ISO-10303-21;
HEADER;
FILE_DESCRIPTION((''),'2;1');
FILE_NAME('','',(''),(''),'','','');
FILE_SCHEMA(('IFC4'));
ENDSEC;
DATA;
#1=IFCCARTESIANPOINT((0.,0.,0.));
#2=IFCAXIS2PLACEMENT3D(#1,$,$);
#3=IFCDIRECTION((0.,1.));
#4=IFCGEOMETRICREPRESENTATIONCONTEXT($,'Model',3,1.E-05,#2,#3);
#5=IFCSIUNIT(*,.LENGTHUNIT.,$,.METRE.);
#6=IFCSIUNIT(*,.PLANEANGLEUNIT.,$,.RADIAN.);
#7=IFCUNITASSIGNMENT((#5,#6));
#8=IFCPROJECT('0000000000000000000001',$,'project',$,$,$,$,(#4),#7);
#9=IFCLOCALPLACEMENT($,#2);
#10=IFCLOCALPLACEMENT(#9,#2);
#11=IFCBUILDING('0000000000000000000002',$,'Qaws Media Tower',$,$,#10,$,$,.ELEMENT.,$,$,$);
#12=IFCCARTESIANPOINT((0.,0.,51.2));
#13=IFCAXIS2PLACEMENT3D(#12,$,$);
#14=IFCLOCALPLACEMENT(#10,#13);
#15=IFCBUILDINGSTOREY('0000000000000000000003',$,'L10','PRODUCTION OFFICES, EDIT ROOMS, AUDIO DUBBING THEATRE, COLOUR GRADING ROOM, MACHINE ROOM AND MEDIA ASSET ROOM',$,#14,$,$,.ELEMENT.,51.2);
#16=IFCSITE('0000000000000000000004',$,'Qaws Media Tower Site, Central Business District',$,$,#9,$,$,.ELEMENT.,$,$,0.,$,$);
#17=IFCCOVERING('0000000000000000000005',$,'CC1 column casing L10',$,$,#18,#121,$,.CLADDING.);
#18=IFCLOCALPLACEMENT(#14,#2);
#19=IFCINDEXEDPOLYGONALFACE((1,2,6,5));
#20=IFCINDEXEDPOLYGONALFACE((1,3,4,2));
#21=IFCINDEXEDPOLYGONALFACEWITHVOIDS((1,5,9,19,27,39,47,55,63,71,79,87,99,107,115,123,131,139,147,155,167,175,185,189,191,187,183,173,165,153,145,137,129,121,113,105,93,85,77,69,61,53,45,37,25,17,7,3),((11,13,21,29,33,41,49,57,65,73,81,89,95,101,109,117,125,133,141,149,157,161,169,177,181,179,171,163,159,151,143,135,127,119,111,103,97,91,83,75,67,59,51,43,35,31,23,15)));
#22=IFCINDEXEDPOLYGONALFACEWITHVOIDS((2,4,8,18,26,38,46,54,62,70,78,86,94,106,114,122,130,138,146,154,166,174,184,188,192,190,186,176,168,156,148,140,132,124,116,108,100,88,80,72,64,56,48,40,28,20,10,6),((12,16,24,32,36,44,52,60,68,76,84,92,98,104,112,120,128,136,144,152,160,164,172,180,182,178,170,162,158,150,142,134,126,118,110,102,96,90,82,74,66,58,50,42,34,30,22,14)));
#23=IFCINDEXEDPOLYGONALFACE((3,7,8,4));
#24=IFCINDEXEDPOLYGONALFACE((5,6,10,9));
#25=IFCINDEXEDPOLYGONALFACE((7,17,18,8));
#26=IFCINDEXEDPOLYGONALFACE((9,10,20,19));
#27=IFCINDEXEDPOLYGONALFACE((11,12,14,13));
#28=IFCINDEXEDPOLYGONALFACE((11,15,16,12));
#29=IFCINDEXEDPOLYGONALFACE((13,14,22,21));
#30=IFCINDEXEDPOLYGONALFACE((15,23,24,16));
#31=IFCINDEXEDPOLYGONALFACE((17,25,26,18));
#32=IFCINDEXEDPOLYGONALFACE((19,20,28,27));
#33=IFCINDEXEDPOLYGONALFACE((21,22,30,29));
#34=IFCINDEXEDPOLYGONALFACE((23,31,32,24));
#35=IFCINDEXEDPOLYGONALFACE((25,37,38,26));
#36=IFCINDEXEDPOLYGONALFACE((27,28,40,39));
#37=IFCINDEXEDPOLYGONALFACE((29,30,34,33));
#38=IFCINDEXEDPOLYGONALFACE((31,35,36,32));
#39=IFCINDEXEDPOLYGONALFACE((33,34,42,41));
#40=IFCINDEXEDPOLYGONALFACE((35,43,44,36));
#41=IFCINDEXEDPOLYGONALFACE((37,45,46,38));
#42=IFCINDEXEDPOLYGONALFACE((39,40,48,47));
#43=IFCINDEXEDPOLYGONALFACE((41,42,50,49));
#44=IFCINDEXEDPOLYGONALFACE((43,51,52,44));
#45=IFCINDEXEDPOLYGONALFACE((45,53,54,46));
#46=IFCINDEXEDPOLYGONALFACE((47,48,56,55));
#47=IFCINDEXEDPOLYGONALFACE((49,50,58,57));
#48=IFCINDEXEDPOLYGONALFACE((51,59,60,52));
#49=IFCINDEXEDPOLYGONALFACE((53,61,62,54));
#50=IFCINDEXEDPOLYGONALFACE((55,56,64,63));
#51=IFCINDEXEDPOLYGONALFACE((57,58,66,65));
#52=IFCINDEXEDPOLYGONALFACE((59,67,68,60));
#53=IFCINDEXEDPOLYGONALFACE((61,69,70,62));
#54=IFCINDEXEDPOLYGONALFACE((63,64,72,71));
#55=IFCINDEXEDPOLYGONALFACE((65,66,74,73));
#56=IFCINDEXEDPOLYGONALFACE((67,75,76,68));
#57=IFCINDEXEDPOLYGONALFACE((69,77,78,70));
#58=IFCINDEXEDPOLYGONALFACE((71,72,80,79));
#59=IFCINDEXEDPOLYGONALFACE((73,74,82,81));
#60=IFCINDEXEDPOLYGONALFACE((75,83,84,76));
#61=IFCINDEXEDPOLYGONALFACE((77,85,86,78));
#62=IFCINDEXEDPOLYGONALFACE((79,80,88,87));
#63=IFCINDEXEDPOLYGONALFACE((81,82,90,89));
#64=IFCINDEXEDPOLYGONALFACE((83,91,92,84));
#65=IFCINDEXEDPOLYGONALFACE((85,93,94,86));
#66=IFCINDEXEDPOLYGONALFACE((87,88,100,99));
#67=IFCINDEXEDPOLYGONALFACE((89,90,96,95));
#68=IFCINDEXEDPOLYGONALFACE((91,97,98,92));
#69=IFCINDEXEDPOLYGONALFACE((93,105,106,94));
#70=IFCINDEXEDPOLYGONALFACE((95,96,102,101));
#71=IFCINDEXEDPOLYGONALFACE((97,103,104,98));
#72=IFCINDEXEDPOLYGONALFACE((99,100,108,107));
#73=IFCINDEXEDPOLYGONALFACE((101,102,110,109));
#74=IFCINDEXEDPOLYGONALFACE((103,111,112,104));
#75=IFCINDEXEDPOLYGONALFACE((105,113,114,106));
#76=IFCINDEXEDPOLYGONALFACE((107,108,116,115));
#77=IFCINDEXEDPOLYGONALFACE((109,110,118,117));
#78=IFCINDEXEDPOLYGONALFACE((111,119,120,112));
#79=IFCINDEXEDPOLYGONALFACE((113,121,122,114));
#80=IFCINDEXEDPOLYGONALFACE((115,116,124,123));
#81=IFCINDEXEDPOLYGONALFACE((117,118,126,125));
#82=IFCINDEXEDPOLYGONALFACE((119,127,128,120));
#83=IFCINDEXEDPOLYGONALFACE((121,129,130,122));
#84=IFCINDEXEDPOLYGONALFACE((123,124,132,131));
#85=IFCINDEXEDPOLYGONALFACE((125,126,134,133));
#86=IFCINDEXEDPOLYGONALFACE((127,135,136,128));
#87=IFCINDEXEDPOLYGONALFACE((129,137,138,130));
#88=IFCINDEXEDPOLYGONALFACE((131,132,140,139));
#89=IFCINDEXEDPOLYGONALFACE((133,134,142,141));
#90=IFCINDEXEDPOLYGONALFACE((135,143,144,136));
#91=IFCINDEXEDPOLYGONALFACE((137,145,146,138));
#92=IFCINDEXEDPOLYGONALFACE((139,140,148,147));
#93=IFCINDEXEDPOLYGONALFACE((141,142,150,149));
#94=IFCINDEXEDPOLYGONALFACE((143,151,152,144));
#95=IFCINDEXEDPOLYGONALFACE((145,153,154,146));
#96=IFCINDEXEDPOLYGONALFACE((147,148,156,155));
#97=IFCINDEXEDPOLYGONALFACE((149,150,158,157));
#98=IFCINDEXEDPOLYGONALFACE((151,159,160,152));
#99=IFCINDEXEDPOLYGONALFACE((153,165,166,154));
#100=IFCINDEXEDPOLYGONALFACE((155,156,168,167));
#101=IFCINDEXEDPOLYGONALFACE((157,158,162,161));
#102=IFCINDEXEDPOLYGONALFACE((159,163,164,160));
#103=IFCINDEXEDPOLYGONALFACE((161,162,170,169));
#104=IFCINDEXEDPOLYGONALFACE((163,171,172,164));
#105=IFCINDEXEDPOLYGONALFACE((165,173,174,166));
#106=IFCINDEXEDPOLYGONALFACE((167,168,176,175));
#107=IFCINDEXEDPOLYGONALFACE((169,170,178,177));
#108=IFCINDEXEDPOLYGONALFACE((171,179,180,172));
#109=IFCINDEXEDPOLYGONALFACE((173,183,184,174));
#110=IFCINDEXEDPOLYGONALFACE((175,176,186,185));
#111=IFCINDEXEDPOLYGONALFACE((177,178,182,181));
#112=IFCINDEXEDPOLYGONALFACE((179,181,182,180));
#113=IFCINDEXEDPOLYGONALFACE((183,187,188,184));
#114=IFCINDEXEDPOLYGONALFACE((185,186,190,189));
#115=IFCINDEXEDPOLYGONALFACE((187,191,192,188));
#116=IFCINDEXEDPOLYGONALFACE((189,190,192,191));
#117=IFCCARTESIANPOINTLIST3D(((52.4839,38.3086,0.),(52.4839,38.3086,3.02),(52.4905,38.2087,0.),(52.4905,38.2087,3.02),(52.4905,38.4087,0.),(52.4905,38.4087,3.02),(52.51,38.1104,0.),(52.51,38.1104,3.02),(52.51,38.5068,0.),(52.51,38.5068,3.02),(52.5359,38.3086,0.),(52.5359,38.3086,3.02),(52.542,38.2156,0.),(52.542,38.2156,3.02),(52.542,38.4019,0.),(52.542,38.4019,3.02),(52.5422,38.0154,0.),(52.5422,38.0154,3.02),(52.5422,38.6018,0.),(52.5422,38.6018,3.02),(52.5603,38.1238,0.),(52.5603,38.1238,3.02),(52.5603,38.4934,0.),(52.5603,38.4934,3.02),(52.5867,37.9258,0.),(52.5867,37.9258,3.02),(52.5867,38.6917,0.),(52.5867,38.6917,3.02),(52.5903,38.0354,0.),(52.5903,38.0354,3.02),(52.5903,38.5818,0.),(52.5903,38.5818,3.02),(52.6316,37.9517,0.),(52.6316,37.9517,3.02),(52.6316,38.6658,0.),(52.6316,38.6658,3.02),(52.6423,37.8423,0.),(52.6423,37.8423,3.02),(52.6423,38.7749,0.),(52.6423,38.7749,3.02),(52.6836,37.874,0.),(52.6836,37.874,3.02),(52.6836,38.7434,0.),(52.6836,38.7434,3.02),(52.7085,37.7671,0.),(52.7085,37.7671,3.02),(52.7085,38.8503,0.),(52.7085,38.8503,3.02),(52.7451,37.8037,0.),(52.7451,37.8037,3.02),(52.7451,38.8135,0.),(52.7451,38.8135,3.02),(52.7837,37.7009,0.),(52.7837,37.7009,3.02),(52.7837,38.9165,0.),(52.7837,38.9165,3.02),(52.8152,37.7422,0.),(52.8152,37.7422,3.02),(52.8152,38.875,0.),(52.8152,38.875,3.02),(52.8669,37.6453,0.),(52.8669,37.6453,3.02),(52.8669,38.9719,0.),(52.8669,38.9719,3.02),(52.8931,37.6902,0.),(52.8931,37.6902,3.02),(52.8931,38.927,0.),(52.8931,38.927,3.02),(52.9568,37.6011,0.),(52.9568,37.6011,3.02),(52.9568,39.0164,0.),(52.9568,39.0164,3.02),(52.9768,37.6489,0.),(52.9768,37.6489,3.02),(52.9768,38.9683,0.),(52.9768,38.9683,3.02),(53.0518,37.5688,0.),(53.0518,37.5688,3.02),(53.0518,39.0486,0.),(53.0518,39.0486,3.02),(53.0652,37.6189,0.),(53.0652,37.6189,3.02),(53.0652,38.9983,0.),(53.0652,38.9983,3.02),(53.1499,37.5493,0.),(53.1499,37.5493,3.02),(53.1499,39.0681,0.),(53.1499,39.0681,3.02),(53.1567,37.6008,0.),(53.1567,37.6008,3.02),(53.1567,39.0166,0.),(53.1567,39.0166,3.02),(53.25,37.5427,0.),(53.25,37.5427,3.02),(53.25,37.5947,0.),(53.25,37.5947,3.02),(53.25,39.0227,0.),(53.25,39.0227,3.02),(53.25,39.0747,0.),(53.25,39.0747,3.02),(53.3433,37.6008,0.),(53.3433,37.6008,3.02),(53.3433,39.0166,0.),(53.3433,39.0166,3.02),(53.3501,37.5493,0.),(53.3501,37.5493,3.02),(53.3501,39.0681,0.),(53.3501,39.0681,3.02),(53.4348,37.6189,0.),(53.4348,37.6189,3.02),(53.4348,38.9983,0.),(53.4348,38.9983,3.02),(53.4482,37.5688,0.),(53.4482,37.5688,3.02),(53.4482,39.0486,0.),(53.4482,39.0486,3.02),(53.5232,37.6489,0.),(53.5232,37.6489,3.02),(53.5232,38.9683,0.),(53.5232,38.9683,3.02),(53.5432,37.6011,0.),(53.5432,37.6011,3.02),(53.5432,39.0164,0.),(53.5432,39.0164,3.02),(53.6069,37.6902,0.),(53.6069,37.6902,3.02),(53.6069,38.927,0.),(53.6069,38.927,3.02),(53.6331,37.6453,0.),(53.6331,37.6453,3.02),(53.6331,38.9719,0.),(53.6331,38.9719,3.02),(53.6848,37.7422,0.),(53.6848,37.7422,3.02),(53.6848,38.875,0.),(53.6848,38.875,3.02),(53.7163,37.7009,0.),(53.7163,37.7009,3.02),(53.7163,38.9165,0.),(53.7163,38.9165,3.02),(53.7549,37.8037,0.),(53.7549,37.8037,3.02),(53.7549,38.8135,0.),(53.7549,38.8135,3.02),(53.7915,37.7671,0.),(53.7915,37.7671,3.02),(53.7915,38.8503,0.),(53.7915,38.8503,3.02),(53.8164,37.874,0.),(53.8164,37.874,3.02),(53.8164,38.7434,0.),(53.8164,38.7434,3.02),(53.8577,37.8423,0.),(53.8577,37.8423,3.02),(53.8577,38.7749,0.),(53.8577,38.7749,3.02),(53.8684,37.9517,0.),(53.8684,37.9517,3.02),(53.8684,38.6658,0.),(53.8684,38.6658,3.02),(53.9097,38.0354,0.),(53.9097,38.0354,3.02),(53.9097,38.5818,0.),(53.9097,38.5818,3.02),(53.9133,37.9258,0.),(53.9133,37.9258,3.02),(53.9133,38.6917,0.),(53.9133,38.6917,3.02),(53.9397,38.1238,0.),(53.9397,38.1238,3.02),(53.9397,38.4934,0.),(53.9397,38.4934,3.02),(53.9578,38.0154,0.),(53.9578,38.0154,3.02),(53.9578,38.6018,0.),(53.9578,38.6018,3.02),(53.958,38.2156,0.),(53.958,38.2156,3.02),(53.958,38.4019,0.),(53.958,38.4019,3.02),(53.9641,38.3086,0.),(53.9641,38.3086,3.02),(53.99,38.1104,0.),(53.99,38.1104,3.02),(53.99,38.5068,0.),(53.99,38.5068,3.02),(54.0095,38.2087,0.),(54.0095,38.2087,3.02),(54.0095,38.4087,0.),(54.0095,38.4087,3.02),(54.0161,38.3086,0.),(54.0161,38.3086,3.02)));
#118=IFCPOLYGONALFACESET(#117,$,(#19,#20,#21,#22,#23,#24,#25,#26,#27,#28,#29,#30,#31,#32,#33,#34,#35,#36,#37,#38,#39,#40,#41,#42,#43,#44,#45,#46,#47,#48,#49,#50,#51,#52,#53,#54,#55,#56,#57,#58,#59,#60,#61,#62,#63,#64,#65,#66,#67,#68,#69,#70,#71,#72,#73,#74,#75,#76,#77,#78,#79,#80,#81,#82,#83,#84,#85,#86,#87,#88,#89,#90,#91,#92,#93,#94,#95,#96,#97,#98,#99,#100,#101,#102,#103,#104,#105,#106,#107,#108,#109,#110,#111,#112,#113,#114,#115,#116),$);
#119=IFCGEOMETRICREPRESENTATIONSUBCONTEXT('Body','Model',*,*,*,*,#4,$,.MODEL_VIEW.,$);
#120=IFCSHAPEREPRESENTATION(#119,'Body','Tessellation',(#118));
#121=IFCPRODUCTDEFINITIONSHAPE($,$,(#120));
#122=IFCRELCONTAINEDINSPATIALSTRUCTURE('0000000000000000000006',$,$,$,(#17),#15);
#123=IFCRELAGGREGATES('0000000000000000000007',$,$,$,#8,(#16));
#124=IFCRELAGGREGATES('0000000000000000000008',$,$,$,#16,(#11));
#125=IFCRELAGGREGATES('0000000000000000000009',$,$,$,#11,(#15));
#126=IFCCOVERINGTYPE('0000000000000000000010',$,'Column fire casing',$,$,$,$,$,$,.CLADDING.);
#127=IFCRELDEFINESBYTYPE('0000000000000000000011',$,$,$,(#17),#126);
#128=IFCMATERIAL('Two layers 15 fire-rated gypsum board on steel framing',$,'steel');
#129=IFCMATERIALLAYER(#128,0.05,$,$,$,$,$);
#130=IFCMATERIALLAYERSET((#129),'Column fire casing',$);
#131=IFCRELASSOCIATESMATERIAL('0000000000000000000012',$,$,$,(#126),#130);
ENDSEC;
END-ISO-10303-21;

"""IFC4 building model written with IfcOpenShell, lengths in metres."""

from ifc_helpers import new_model, si_unit, direction, frame, origin, place, context, subcontext, project, spatial, polyline, outline, extrude, material, layer, layer_set, type_object, element, save


model = new_model("IFC4")

# Units and contexts
model_context = context("Model", 3, precision=1e-05, world=origin(), true_north=direction((0.0, 1.0)))
body_context = subcontext(model_context, "Body", "Model", "MODEL_VIEW")
ifc_project = project(units=[si_unit("LENGTHUNIT", "METRE"), si_unit("PLANEANGLEUNIT", "RADIAN")], contexts=[model_context])

# Site, building, storey
site_placement = place(None, origin())
site = spatial("IfcSite", under=ifc_project, at=site_placement, Name="Qaws Media Tower Site, Central Business District", CompositionType="ELEMENT", RefElevation=0.0)
building_placement = place(site_placement, origin())
building = spatial("IfcBuilding", under=site, at=building_placement, Name="Qaws Media Tower", CompositionType="ELEMENT")
storey_placement = place(building_placement, frame((0.0, 0.0, 51.2)))
storey = spatial("IfcBuildingStorey", under=building, at=storey_placement, Name="L10", Description="PRODUCTION OFFICES, EDIT ROOMS, AUDIO DUBBING THEATRE, COLOUR GRADING ROOM, MACHINE ROOM AND MEDIA ASSET ROOM", CompositionType="ELEMENT", Elevation=51.2)

# Covering
ifc_material_1 = material(Name="Two layers 15 fire-rated gypsum board on steel framing", Category="steel")
ifc_layer_1 = layer(ifc_material_1, 0.05)
ifc_layer_set_1 = layer_set([ifc_layer_1], Name="Column fire casing")
covering_type = type_object("IfcCoveringType", Name="Column fire casing", PredefinedType="CLADDING", material=ifc_layer_set_1)
covering_1_placement = place(storey_placement, origin())
element("IfcCovering", 1, at=covering_1_placement, inside=storey, type_object=covering_type, Name="CC1 column casing L10", PredefinedType="CLADDING", context=body_context, shape_type="SweptSolid", body=[
    extrude(outline(polyline([(54.0161, 38.3086), (54.0095, 38.2087), (53.99, 38.1104), (53.9578, 38.0154), (53.9133, 37.9258), (53.8577, 37.8423), (53.7915, 37.7671), (53.7163, 37.7009), (53.6331, 37.6453), (53.5432, 37.6011), (53.4482, 37.5688), (53.3501, 37.5493), (53.25, 37.5427), (53.1499, 37.5493), (53.0518, 37.5688), (52.9568, 37.6011), (52.8669, 37.6453), (52.7837, 37.7009), (52.7085, 37.7671), (52.6423, 37.8423), (52.5867, 37.9258), (52.5422, 38.0154), (52.51, 38.1104), (52.4905, 38.2087), (52.4839, 38.3086), (52.4905, 38.4087), (52.51, 38.5068), (52.5422, 38.6018), (52.5867, 38.6917), (52.6423, 38.7749), (52.7085, 38.8503), (52.7837, 38.9165), (52.8669, 38.9719), (52.9568, 39.0164), (53.0518, 39.0486), (53.1499, 39.0681), (53.25, 39.0747), (53.3501, 39.0681), (53.4482, 39.0486), (53.5432, 39.0164), (53.6331, 38.9719), (53.7163, 38.9165), (53.7915, 38.8503), (53.8577, 38.7749), (53.9133, 38.6917), (53.9578, 38.6018), (53.99, 38.5068), (54.0095, 38.4087), (54.0161, 38.3086)]), holes=[polyline([(53.9641, 38.3086), (53.958, 38.2156), (53.9397, 38.1238), (53.9097, 38.0354), (53.8684, 37.9517), (53.8164, 37.874), (53.7549, 37.8037), (53.6848, 37.7422), (53.6069, 37.6902), (53.5232, 37.6489), (53.4348, 37.6189), (53.3433, 37.6008), (53.25, 37.5947), (53.1567, 37.6008), (53.0652, 37.6189), (52.9768, 37.6489), (52.8931, 37.6902), (52.8152, 37.7422), (52.7451, 37.8037), (52.6836, 37.874), (52.6316, 37.9517), (52.5903, 38.0354), (52.5603, 38.1238), (52.542, 38.2156), (52.5359, 38.3086), (52.542, 38.4019), (52.5603, 38.4934), (52.5903, 38.5818), (52.6316, 38.6658), (52.6836, 38.7434), (52.7451, 38.8135), (52.8152, 38.875), (52.8931, 38.927), (52.9768, 38.9683), (53.0652, 38.9983), (53.1567, 39.0166), (53.25, 39.0227), (53.3433, 39.0166), (53.4348, 38.9983), (53.5232, 38.9683), (53.6069, 38.927), (53.6848, 38.875), (53.7549, 38.8135), (53.8164, 38.7434), (53.8684, 38.6658), (53.9097, 38.5818), (53.9397, 38.4934), (53.958, 38.4019), (53.9641, 38.3086)])]), origin(), (0.0, 0.0, 1.0), 3.02),
])

save(model, "model.ifc")
